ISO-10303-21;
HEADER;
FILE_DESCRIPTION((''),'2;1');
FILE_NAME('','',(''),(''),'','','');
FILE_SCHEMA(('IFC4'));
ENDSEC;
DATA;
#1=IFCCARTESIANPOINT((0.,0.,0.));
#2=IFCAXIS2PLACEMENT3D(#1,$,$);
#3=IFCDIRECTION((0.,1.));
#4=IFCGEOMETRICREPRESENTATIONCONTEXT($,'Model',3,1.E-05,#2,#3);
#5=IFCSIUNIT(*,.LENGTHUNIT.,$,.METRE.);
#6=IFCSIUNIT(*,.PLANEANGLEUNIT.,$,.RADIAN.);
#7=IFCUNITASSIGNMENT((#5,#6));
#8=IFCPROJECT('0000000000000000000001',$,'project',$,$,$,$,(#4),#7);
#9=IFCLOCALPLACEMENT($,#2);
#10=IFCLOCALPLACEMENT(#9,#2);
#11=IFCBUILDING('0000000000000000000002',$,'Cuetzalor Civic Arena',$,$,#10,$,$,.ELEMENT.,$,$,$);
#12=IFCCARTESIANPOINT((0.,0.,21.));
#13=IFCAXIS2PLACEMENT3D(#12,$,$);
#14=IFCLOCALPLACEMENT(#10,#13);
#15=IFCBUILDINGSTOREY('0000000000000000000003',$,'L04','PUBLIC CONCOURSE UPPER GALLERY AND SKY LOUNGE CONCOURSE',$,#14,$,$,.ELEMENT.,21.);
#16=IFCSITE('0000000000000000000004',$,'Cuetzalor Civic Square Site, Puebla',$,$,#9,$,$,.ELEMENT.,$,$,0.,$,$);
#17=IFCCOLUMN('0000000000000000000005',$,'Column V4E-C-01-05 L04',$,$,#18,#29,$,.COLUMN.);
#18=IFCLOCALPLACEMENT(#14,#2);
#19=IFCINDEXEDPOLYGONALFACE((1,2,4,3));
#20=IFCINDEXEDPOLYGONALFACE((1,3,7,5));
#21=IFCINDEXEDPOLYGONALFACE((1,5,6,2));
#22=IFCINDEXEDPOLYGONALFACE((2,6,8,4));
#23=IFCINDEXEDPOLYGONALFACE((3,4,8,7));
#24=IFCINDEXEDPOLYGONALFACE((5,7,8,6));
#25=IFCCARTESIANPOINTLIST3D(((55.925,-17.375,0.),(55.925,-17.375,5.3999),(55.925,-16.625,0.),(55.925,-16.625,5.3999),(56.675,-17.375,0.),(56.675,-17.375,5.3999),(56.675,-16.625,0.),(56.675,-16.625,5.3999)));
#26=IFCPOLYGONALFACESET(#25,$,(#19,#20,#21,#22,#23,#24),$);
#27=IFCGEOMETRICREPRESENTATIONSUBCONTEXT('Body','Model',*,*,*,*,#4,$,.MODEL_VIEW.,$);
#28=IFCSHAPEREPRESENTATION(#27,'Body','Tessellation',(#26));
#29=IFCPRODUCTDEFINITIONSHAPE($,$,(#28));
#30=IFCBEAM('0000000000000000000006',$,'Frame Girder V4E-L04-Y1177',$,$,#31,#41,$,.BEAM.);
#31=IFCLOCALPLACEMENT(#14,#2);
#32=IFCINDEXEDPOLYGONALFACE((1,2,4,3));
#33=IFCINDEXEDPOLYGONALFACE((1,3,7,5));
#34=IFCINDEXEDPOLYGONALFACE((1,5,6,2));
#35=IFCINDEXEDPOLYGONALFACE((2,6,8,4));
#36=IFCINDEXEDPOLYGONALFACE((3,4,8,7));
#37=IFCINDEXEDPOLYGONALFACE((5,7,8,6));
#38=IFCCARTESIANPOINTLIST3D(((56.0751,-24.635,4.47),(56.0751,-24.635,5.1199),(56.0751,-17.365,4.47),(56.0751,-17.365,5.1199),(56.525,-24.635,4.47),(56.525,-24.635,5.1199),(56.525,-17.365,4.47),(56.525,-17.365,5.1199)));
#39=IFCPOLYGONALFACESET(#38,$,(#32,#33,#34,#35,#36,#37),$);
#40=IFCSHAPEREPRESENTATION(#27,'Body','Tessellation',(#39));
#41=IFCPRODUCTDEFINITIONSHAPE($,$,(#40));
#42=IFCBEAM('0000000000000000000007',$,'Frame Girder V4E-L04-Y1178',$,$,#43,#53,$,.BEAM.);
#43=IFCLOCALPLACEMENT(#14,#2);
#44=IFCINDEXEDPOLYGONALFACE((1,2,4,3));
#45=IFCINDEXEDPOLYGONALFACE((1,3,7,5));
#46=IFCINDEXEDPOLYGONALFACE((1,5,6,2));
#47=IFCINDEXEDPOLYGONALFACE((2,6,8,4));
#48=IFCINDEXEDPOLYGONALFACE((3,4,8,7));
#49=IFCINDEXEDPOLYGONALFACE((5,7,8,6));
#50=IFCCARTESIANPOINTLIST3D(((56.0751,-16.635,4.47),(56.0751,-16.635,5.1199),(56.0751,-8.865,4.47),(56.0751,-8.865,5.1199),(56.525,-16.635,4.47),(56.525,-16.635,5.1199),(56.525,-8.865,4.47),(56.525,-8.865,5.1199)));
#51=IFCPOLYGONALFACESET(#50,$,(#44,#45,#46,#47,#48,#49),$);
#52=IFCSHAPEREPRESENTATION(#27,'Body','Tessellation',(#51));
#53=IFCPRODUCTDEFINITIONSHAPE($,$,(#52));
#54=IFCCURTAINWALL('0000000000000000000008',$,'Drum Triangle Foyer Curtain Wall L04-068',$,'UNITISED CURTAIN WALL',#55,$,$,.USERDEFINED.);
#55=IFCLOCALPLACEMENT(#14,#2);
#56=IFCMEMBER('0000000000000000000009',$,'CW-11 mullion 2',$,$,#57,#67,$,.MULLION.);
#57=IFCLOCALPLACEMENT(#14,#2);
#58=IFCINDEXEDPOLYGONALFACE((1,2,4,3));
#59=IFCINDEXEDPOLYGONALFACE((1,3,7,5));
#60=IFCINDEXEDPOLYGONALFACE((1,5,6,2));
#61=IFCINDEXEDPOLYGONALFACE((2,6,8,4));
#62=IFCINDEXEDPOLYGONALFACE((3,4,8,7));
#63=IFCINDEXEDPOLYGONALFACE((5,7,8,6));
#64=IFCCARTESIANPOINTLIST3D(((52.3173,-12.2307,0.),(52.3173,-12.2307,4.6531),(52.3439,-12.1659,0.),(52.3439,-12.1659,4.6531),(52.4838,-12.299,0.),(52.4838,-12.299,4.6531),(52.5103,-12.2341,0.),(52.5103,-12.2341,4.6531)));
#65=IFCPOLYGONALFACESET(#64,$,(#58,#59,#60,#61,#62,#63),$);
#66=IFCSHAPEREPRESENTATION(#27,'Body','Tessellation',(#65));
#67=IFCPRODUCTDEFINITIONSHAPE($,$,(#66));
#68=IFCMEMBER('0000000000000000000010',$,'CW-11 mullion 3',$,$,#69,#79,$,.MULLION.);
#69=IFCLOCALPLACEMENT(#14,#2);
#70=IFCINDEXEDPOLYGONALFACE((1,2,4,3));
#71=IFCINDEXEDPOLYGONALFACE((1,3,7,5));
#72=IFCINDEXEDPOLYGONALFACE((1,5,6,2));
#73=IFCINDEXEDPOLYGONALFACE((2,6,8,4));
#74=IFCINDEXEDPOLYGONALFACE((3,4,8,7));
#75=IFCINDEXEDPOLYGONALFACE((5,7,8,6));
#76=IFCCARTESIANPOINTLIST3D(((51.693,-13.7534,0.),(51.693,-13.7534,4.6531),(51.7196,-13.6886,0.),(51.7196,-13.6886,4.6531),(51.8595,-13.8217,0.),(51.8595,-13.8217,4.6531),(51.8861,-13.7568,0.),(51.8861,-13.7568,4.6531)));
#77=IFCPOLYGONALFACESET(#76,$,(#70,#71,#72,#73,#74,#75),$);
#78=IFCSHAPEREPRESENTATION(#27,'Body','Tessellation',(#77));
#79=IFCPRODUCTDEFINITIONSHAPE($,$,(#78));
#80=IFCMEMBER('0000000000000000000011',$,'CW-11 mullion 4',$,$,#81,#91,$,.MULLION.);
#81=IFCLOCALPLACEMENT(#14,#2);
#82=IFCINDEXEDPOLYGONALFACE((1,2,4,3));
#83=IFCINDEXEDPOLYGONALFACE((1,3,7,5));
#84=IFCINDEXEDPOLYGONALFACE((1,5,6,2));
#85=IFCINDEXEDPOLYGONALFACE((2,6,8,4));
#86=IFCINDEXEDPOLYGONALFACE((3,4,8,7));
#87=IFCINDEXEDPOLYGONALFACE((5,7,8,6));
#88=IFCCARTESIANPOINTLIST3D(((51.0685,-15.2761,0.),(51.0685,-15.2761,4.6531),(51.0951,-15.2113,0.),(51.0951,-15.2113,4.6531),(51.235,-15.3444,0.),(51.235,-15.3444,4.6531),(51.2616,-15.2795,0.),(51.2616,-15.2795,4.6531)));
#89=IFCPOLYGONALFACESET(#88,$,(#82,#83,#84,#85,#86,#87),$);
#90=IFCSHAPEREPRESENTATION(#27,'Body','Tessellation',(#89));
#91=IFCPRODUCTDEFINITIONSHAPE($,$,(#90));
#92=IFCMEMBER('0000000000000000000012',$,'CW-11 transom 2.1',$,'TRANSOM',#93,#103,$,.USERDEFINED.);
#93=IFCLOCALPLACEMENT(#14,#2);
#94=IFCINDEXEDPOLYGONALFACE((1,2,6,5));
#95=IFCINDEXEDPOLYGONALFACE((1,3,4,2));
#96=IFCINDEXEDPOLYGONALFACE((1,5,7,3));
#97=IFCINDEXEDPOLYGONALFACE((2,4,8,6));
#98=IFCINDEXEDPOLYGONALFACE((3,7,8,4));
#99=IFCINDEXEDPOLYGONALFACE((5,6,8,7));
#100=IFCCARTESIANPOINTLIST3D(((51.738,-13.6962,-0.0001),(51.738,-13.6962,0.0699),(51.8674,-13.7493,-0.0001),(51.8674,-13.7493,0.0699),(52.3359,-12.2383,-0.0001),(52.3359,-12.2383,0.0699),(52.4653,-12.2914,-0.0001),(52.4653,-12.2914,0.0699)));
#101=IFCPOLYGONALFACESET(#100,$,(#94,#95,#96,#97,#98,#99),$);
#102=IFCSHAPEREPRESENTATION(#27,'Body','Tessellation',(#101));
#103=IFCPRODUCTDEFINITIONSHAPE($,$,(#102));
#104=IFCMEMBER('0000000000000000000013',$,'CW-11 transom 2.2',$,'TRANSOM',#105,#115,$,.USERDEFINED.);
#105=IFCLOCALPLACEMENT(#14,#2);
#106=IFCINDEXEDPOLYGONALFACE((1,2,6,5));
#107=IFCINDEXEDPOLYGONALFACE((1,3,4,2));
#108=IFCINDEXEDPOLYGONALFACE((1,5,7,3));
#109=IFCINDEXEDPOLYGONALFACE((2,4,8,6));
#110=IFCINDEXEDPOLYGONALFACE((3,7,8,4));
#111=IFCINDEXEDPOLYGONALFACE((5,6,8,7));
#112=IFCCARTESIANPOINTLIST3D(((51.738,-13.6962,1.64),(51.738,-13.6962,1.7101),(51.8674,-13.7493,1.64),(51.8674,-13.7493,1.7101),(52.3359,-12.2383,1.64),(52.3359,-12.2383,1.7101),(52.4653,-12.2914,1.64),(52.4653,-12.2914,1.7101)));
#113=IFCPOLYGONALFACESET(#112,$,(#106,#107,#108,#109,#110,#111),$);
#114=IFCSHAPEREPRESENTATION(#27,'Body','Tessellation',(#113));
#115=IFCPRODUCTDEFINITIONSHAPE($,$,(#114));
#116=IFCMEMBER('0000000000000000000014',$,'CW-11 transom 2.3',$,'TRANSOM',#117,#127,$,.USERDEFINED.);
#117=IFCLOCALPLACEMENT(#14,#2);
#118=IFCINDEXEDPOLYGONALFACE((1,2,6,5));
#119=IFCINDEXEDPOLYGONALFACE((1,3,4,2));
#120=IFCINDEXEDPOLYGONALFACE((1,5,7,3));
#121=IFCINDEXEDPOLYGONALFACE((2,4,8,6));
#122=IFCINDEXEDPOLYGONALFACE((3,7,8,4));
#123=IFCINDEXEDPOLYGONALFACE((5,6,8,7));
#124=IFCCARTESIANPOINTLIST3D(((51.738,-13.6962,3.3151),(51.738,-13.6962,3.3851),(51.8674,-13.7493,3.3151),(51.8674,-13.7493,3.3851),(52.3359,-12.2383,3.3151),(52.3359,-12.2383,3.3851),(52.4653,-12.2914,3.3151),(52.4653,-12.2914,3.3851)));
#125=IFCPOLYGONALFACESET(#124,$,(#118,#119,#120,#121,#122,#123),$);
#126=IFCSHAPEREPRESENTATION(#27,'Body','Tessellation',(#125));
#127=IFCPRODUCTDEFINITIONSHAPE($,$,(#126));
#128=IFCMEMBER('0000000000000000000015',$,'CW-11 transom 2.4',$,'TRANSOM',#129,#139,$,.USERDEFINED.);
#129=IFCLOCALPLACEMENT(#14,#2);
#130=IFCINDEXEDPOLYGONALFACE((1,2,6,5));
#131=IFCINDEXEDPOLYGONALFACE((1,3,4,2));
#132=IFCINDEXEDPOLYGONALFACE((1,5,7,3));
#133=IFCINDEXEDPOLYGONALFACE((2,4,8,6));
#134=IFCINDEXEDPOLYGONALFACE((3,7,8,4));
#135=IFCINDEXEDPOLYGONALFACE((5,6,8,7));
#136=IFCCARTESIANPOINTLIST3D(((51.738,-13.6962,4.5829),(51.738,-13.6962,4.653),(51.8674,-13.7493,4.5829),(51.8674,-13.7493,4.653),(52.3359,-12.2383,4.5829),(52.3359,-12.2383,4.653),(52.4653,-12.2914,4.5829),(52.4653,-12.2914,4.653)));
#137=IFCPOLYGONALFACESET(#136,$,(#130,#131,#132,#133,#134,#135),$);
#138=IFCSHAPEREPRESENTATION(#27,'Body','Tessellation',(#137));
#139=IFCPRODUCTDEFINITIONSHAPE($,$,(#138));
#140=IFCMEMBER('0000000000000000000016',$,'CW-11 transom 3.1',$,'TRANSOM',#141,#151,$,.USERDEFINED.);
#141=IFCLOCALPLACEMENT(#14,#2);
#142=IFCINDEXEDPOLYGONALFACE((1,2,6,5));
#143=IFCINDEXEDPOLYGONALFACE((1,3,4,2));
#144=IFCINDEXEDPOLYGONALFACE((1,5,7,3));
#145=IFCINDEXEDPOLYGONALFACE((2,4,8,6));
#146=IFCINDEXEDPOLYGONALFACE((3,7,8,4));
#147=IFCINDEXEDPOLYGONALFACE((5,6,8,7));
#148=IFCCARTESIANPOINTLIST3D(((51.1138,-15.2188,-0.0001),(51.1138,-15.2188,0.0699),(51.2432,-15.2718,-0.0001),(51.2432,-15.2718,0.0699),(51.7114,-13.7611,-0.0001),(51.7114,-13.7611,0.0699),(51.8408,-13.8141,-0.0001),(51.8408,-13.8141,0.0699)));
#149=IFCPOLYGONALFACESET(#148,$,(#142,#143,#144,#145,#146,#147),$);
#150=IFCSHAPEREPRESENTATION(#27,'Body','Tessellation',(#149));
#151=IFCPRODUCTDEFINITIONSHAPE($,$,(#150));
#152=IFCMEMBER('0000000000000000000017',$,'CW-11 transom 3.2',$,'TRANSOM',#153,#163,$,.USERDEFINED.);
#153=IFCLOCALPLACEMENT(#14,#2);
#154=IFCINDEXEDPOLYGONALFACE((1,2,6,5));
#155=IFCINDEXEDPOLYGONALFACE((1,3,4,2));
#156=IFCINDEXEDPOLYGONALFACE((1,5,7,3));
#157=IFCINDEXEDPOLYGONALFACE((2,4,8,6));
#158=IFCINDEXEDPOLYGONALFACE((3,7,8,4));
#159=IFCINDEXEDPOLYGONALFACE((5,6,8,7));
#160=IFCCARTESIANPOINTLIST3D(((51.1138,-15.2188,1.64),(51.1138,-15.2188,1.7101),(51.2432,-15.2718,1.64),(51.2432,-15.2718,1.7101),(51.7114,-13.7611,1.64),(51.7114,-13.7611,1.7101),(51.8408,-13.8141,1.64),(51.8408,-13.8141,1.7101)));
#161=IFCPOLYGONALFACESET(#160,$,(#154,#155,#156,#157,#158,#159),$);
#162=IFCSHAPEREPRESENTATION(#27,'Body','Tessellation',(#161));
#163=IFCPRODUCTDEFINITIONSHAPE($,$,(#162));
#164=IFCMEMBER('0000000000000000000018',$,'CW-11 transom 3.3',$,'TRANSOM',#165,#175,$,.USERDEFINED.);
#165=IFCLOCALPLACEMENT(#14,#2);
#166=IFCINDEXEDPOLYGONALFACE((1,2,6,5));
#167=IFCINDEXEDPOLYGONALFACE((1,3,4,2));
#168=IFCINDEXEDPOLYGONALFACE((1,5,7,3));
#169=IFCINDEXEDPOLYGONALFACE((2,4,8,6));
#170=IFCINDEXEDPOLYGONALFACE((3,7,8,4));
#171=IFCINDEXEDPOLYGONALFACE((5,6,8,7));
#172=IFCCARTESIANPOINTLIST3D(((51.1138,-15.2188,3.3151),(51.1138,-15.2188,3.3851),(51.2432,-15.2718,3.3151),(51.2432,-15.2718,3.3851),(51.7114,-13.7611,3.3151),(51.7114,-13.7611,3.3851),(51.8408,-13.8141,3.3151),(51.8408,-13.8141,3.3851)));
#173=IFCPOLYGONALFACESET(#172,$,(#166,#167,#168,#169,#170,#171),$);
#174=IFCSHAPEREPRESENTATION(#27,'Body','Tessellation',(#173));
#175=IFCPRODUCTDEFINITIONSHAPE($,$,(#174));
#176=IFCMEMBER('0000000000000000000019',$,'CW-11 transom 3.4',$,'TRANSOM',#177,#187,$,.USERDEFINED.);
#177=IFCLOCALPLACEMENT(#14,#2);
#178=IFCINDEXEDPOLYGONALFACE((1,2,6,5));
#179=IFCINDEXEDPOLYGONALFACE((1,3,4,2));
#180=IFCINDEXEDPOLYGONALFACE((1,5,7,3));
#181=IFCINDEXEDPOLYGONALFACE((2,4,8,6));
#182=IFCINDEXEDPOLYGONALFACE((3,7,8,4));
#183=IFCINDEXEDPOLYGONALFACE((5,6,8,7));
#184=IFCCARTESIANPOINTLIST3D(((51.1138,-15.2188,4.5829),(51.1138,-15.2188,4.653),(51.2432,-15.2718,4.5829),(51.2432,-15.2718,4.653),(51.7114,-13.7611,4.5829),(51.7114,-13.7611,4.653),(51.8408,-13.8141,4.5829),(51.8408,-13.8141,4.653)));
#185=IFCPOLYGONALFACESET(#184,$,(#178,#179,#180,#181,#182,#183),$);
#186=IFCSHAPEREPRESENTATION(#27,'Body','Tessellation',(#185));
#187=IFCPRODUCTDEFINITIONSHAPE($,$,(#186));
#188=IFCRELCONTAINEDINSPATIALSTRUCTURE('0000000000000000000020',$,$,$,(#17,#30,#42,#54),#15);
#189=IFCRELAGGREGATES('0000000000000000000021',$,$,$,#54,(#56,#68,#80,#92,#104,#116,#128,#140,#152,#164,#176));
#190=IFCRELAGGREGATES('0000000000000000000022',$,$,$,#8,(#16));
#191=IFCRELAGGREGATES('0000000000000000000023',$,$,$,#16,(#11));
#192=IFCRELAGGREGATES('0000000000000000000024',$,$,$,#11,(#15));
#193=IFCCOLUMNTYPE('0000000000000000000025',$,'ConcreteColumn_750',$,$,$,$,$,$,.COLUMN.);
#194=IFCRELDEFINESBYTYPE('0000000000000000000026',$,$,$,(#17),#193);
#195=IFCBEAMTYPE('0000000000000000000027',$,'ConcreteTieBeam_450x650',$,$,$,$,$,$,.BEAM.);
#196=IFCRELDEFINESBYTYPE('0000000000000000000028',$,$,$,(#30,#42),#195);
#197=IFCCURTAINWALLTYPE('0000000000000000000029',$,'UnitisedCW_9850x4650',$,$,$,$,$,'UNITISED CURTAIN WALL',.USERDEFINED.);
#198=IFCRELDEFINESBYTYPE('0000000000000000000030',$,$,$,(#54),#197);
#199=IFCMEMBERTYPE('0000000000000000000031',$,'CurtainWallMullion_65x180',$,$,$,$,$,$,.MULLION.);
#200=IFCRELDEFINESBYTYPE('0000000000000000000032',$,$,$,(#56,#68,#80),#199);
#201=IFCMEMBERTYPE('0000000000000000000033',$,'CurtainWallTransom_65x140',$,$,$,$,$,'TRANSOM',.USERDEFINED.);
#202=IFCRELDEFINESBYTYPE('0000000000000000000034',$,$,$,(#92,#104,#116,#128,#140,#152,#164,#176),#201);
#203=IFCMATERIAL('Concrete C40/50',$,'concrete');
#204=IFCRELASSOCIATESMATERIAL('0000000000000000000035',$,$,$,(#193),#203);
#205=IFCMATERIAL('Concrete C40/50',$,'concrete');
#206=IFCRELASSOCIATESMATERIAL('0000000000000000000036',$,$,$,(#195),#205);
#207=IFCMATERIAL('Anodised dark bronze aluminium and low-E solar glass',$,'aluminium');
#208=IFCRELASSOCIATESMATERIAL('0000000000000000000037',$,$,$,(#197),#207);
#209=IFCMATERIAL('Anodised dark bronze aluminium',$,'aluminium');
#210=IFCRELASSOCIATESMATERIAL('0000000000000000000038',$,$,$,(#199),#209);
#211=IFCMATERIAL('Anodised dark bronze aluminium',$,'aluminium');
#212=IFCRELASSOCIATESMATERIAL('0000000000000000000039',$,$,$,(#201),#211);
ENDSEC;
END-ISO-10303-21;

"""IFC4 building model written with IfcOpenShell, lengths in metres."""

from ifc_helpers import new_model, si_unit, direction, frame, origin, origin_2d, place, context, subcontext, project, spatial, rectangle, extrude, material, material_profile, profile_set, type_object, element, aggregate, save


model = new_model("IFC4")

# Units and contexts
model_context = context("Model", 3, precision=1e-05, world=origin(), true_north=direction((0.0, 1.0)))
body_context = subcontext(model_context, "Body", "Model", "MODEL_VIEW")
ifc_project = project(units=[si_unit("LENGTHUNIT", "METRE"), si_unit("PLANEANGLEUNIT", "RADIAN")], contexts=[model_context])

# Site, building, storey
site_placement = place(None, origin())
site = spatial("IfcSite", under=ifc_project, at=site_placement, Name="Cuetzalor Civic Square Site, Puebla", CompositionType="ELEMENT", RefElevation=0.0)
building_placement = place(site_placement, origin())
building = spatial("IfcBuilding", under=site, at=building_placement, Name="Cuetzalor Civic Arena", CompositionType="ELEMENT")
storey_placement = place(building_placement, frame((0.0, 0.0, 21.0)))
storey = spatial("IfcBuildingStorey", under=building, at=storey_placement, Name="L04", Description="PUBLIC CONCOURSE UPPER GALLERY AND SKY LOUNGE CONCOURSE", CompositionType="ELEMENT", Elevation=21.0)

# Column
ifc_material_1 = material(Name="Concrete C40/50", Category="concrete")
ifc_material_profile_1 = material_profile(ifc_material_1, rectangle(XDim=0.75, YDim=0.75, at=origin_2d()), Name="RC 750x750")
ifc_profile_set_1 = profile_set([ifc_material_profile_1], Name="Concrete C40/50")
column_type = type_object("IfcColumnType", Name="ConcreteColumn_750", PredefinedType="COLUMN", material=ifc_profile_set_1)
column_placement = place(storey_placement, frame((56.3, -17.0, 0.0), z_axis=(0.0, 0.0, 1.0), x_axis=(1.0, 0.0, 0.0)))
element("IfcColumn", 1, at=column_placement, inside=storey, type_object=column_type, Name="Column V4E-C-01-05 L04", PredefinedType="COLUMN", context=body_context, shape_type="SweptSolid", body=[
    extrude(rectangle(XDim=0.75, YDim=0.75, at=origin_2d()), origin(), (0.0, 0.0, 1.0), 5.3999),
])

# Beams
ifc_material_2 = material(Name="Concrete C40/50", Category="concrete")
ifc_material_profile_2 = material_profile(ifc_material_2, rectangle(XDim=0.45, YDim=0.6499, at=origin_2d()), Name="RC 450x650")
ifc_profile_set_2 = profile_set([ifc_material_profile_2], Name="Concrete C40/50")
beam_type_1 = type_object("IfcBeamType", Name="ConcreteTieBeam_450x650", PredefinedType="BEAM", material=ifc_profile_set_2)
beam_1_placement = place(storey_placement, frame((56.3, -24.635, 4.7949), z_axis=(0.0, 1.0, 0.0), x_axis=(-1.0, 0.0, 0.0)))
element("IfcBeam", 2, at=beam_1_placement, inside=storey, type_object=beam_type_1, Name="Frame Girder V4E-L04-Y1177", PredefinedType="BEAM", context=body_context, shape_type="SweptSolid", body=[
    extrude(rectangle(XDim=0.45, YDim=0.6499, at=origin_2d()), origin(), (0.0, 0.0, 1.0), 7.27),
])
beam_2_placement = place(storey_placement, frame((56.3, -16.635, 4.7949), z_axis=(0.0, 1.0, 0.0), x_axis=(-1.0, 0.0, 0.0)))
element("IfcBeam", 3, at=beam_2_placement, inside=storey, type_object=beam_type_1, Name="Frame Girder V4E-L04-Y1178", PredefinedType="BEAM", context=body_context, shape_type="SweptSolid", body=[
    extrude(rectangle(XDim=0.45, YDim=0.6499, at=origin_2d()), origin(), (0.0, 0.0, 1.0), 7.77),
])

# Curtain wall, members
ifc_material_3 = material(Name="Anodised dark bronze aluminium and low-E solar glass", Category="aluminium")
curtain_wall_type = type_object("IfcCurtainWallType", Name="UnitisedCW_9850x4650", ElementType="UNITISED CURTAIN WALL", PredefinedType="USERDEFINED", material=ifc_material_3)
curtain_wall_placement = place(storey_placement, origin())
curtain_wall = element("IfcCurtainWall", 4, at=curtain_wall_placement, inside=storey, type_object=curtain_wall_type, Name="Drum Triangle Foyer Curtain Wall L04-068", ObjectType="UNITISED CURTAIN WALL", PredefinedType="USERDEFINED")
ifc_material_4 = material(Name="Anodised dark bronze aluminium", Category="aluminium")
ifc_material_profile_3 = material_profile(ifc_material_4, rectangle(XDim=0.0701, YDim=0.1799, at=origin_2d()), Name="ALU MULLION 70x180")
ifc_profile_set_3 = profile_set([ifc_material_profile_3], Name="Anodised dark bronze aluminium")
member_type_1 = type_object("IfcMemberType", Name="CurtainWallMullion_65x180", PredefinedType="MULLION", material=ifc_profile_set_3)
member_1_placement = place(storey_placement, frame((52.4138, -12.2324, 0.0), z_axis=(0.0, 0.0, 1.0), x_axis=(-0.379391, -0.925236, 0.0)))
member_1 = element("IfcMember", 5, at=member_1_placement, type_object=member_type_1, Name="CW-11 mullion 2", PredefinedType="MULLION", context=body_context, shape_type="SweptSolid", body=[
    extrude(rectangle(XDim=0.0701, YDim=0.1799, at=origin_2d()), origin(), (0.0, 0.0, 1.0), 4.6531),
])
member_2_placement = place(storey_placement, frame((51.7896, -13.7551, 0.0), z_axis=(0.0, 0.0, 1.0), x_axis=(-0.379391, -0.925236, 0.0)))
member_2 = element("IfcMember", 6, at=member_2_placement, type_object=member_type_1, Name="CW-11 mullion 3", PredefinedType="MULLION", context=body_context, shape_type="SweptSolid", body=[
    extrude(rectangle(XDim=0.0701, YDim=0.1799, at=origin_2d()), origin(), (0.0, 0.0, 1.0), 4.6531),
])
member_3_placement = place(storey_placement, frame((51.165, -15.2778, 0.0), z_axis=(0.0, 0.0, 1.0), x_axis=(-0.379391, -0.925236, 0.0)))
member_3 = element("IfcMember", 7, at=member_3_placement, type_object=member_type_1, Name="CW-11 mullion 4", PredefinedType="MULLION", context=body_context, shape_type="SweptSolid", body=[
    extrude(rectangle(XDim=0.0701, YDim=0.1799, at=origin_2d()), origin(), (0.0, 0.0, 1.0), 4.6531),
])
ifc_material_5 = material(Name="Anodised dark bronze aluminium", Category="aluminium")
ifc_material_profile_4 = material_profile(ifc_material_5, rectangle(XDim=0.1399, YDim=0.0701, at=origin_2d()), Name="ALU TRANSOM 70x140")
ifc_profile_set_4 = profile_set([ifc_material_profile_4], Name="Anodised dark bronze aluminium")
member_type_2 = type_object("IfcMemberType", Name="CurtainWallTransom_65x140", ElementType="TRANSOM", PredefinedType="USERDEFINED", material=ifc_profile_set_4)
member_4_placement = place(storey_placement, frame((52.4006, -12.2649, 0.0349), z_axis=(-0.379471, -0.925203, 0.0), x_axis=(0.925203, -0.379471, 0.0)))
member_4 = element("IfcMember", 8, at=member_4_placement, type_object=member_type_2, Name="CW-11 transom 2.1", ObjectType="TRANSOM", PredefinedType="USERDEFINED", context=body_context, shape_type="SweptSolid", body=[
    extrude(rectangle(XDim=0.1399, YDim=0.0701, at=origin_2d()), origin(), (0.0, 0.0, 1.0), 1.5757),
])
member_5_placement = place(storey_placement, frame((52.4006, -12.2649, 1.675), z_axis=(-0.379471, -0.925203, 0.0), x_axis=(0.925203, -0.379471, 0.0)))
member_5 = element("IfcMember", 9, at=member_5_placement, type_object=member_type_2, Name="CW-11 transom 2.2", ObjectType="TRANSOM", PredefinedType="USERDEFINED", context=body_context, shape_type="SweptSolid", body=[
    extrude(rectangle(XDim=0.1399, YDim=0.0701, at=origin_2d()), origin(), (0.0, 0.0, 1.0), 1.5757),
])
member_6_placement = place(storey_placement, frame((52.4006, -12.2649, 3.3501), z_axis=(-0.379471, -0.925203, 0.0), x_axis=(0.925203, -0.379471, 0.0)))
member_6 = element("IfcMember", 10, at=member_6_placement, type_object=member_type_2, Name="CW-11 transom 2.3", ObjectType="TRANSOM", PredefinedType="USERDEFINED", context=body_context, shape_type="SweptSolid", body=[
    extrude(rectangle(XDim=0.1399, YDim=0.0701, at=origin_2d()), origin(), (0.0, 0.0, 1.0), 1.5757),
])
member_7_placement = place(storey_placement, frame((52.4006, -12.2649, 4.6179), z_axis=(-0.379471, -0.925203, 0.0), x_axis=(0.925203, -0.379471, 0.0)))
member_7 = element("IfcMember", 11, at=member_7_placement, type_object=member_type_2, Name="CW-11 transom 2.4", ObjectType="TRANSOM", PredefinedType="USERDEFINED", context=body_context, shape_type="SweptSolid", body=[
    extrude(rectangle(XDim=0.1399, YDim=0.0701, at=origin_2d()), origin(), (0.0, 0.0, 1.0), 1.5757),
])
member_8_placement = place(storey_placement, frame((51.7761, -13.7876, 0.0349), z_axis=(-0.379339, -0.925258, 0.0), x_axis=(0.925258, -0.379339, 0.0)))
member_8 = element("IfcMember", 12, at=member_8_placement, type_object=member_type_2, Name="CW-11 transom 3.1", ObjectType="TRANSOM", PredefinedType="USERDEFINED", context=body_context, shape_type="SweptSolid", body=[
    extrude(rectangle(XDim=0.1399, YDim=0.0701, at=origin_2d()), origin(), (0.0, 0.0, 1.0), 1.5754),
])
member_9_placement = place(storey_placement, frame((51.7761, -13.7876, 1.675), z_axis=(-0.379339, -0.925258, 0.0), x_axis=(0.925258, -0.379339, 0.0)))
member_9 = element("IfcMember", 13, at=member_9_placement, type_object=member_type_2, Name="CW-11 transom 3.2", ObjectType="TRANSOM", PredefinedType="USERDEFINED", context=body_context, shape_type="SweptSolid", body=[
    extrude(rectangle(XDim=0.1399, YDim=0.0701, at=origin_2d()), origin(), (0.0, 0.0, 1.0), 1.5754),
])
member_10_placement = place(storey_placement, frame((51.7761, -13.7876, 3.3501), z_axis=(-0.379339, -0.925258, 0.0), x_axis=(0.925258, -0.379339, 0.0)))
member_10 = element("IfcMember", 14, at=member_10_placement, type_object=member_type_2, Name="CW-11 transom 3.3", ObjectType="TRANSOM", PredefinedType="USERDEFINED", context=body_context, shape_type="SweptSolid", body=[
    extrude(rectangle(XDim=0.1399, YDim=0.0701, at=origin_2d()), origin(), (0.0, 0.0, 1.0), 1.5754),
])
member_11_placement = place(storey_placement, frame((51.7761, -13.7876, 4.6179), z_axis=(-0.379339, -0.925258, 0.0), x_axis=(0.925258, -0.379339, 0.0)))
member_11 = element("IfcMember", 15, at=member_11_placement, type_object=member_type_2, Name="CW-11 transom 3.4", ObjectType="TRANSOM", PredefinedType="USERDEFINED", context=body_context, shape_type="SweptSolid", body=[
    extrude(rectangle(XDim=0.1399, YDim=0.0701, at=origin_2d()), origin(), (0.0, 0.0, 1.0), 1.5754),
])

aggregate(curtain_wall, [member_1, member_2, member_3, member_4, member_5, member_6, member_7, member_8, member_9, member_10, member_11])

save(model, "model.ifc")
